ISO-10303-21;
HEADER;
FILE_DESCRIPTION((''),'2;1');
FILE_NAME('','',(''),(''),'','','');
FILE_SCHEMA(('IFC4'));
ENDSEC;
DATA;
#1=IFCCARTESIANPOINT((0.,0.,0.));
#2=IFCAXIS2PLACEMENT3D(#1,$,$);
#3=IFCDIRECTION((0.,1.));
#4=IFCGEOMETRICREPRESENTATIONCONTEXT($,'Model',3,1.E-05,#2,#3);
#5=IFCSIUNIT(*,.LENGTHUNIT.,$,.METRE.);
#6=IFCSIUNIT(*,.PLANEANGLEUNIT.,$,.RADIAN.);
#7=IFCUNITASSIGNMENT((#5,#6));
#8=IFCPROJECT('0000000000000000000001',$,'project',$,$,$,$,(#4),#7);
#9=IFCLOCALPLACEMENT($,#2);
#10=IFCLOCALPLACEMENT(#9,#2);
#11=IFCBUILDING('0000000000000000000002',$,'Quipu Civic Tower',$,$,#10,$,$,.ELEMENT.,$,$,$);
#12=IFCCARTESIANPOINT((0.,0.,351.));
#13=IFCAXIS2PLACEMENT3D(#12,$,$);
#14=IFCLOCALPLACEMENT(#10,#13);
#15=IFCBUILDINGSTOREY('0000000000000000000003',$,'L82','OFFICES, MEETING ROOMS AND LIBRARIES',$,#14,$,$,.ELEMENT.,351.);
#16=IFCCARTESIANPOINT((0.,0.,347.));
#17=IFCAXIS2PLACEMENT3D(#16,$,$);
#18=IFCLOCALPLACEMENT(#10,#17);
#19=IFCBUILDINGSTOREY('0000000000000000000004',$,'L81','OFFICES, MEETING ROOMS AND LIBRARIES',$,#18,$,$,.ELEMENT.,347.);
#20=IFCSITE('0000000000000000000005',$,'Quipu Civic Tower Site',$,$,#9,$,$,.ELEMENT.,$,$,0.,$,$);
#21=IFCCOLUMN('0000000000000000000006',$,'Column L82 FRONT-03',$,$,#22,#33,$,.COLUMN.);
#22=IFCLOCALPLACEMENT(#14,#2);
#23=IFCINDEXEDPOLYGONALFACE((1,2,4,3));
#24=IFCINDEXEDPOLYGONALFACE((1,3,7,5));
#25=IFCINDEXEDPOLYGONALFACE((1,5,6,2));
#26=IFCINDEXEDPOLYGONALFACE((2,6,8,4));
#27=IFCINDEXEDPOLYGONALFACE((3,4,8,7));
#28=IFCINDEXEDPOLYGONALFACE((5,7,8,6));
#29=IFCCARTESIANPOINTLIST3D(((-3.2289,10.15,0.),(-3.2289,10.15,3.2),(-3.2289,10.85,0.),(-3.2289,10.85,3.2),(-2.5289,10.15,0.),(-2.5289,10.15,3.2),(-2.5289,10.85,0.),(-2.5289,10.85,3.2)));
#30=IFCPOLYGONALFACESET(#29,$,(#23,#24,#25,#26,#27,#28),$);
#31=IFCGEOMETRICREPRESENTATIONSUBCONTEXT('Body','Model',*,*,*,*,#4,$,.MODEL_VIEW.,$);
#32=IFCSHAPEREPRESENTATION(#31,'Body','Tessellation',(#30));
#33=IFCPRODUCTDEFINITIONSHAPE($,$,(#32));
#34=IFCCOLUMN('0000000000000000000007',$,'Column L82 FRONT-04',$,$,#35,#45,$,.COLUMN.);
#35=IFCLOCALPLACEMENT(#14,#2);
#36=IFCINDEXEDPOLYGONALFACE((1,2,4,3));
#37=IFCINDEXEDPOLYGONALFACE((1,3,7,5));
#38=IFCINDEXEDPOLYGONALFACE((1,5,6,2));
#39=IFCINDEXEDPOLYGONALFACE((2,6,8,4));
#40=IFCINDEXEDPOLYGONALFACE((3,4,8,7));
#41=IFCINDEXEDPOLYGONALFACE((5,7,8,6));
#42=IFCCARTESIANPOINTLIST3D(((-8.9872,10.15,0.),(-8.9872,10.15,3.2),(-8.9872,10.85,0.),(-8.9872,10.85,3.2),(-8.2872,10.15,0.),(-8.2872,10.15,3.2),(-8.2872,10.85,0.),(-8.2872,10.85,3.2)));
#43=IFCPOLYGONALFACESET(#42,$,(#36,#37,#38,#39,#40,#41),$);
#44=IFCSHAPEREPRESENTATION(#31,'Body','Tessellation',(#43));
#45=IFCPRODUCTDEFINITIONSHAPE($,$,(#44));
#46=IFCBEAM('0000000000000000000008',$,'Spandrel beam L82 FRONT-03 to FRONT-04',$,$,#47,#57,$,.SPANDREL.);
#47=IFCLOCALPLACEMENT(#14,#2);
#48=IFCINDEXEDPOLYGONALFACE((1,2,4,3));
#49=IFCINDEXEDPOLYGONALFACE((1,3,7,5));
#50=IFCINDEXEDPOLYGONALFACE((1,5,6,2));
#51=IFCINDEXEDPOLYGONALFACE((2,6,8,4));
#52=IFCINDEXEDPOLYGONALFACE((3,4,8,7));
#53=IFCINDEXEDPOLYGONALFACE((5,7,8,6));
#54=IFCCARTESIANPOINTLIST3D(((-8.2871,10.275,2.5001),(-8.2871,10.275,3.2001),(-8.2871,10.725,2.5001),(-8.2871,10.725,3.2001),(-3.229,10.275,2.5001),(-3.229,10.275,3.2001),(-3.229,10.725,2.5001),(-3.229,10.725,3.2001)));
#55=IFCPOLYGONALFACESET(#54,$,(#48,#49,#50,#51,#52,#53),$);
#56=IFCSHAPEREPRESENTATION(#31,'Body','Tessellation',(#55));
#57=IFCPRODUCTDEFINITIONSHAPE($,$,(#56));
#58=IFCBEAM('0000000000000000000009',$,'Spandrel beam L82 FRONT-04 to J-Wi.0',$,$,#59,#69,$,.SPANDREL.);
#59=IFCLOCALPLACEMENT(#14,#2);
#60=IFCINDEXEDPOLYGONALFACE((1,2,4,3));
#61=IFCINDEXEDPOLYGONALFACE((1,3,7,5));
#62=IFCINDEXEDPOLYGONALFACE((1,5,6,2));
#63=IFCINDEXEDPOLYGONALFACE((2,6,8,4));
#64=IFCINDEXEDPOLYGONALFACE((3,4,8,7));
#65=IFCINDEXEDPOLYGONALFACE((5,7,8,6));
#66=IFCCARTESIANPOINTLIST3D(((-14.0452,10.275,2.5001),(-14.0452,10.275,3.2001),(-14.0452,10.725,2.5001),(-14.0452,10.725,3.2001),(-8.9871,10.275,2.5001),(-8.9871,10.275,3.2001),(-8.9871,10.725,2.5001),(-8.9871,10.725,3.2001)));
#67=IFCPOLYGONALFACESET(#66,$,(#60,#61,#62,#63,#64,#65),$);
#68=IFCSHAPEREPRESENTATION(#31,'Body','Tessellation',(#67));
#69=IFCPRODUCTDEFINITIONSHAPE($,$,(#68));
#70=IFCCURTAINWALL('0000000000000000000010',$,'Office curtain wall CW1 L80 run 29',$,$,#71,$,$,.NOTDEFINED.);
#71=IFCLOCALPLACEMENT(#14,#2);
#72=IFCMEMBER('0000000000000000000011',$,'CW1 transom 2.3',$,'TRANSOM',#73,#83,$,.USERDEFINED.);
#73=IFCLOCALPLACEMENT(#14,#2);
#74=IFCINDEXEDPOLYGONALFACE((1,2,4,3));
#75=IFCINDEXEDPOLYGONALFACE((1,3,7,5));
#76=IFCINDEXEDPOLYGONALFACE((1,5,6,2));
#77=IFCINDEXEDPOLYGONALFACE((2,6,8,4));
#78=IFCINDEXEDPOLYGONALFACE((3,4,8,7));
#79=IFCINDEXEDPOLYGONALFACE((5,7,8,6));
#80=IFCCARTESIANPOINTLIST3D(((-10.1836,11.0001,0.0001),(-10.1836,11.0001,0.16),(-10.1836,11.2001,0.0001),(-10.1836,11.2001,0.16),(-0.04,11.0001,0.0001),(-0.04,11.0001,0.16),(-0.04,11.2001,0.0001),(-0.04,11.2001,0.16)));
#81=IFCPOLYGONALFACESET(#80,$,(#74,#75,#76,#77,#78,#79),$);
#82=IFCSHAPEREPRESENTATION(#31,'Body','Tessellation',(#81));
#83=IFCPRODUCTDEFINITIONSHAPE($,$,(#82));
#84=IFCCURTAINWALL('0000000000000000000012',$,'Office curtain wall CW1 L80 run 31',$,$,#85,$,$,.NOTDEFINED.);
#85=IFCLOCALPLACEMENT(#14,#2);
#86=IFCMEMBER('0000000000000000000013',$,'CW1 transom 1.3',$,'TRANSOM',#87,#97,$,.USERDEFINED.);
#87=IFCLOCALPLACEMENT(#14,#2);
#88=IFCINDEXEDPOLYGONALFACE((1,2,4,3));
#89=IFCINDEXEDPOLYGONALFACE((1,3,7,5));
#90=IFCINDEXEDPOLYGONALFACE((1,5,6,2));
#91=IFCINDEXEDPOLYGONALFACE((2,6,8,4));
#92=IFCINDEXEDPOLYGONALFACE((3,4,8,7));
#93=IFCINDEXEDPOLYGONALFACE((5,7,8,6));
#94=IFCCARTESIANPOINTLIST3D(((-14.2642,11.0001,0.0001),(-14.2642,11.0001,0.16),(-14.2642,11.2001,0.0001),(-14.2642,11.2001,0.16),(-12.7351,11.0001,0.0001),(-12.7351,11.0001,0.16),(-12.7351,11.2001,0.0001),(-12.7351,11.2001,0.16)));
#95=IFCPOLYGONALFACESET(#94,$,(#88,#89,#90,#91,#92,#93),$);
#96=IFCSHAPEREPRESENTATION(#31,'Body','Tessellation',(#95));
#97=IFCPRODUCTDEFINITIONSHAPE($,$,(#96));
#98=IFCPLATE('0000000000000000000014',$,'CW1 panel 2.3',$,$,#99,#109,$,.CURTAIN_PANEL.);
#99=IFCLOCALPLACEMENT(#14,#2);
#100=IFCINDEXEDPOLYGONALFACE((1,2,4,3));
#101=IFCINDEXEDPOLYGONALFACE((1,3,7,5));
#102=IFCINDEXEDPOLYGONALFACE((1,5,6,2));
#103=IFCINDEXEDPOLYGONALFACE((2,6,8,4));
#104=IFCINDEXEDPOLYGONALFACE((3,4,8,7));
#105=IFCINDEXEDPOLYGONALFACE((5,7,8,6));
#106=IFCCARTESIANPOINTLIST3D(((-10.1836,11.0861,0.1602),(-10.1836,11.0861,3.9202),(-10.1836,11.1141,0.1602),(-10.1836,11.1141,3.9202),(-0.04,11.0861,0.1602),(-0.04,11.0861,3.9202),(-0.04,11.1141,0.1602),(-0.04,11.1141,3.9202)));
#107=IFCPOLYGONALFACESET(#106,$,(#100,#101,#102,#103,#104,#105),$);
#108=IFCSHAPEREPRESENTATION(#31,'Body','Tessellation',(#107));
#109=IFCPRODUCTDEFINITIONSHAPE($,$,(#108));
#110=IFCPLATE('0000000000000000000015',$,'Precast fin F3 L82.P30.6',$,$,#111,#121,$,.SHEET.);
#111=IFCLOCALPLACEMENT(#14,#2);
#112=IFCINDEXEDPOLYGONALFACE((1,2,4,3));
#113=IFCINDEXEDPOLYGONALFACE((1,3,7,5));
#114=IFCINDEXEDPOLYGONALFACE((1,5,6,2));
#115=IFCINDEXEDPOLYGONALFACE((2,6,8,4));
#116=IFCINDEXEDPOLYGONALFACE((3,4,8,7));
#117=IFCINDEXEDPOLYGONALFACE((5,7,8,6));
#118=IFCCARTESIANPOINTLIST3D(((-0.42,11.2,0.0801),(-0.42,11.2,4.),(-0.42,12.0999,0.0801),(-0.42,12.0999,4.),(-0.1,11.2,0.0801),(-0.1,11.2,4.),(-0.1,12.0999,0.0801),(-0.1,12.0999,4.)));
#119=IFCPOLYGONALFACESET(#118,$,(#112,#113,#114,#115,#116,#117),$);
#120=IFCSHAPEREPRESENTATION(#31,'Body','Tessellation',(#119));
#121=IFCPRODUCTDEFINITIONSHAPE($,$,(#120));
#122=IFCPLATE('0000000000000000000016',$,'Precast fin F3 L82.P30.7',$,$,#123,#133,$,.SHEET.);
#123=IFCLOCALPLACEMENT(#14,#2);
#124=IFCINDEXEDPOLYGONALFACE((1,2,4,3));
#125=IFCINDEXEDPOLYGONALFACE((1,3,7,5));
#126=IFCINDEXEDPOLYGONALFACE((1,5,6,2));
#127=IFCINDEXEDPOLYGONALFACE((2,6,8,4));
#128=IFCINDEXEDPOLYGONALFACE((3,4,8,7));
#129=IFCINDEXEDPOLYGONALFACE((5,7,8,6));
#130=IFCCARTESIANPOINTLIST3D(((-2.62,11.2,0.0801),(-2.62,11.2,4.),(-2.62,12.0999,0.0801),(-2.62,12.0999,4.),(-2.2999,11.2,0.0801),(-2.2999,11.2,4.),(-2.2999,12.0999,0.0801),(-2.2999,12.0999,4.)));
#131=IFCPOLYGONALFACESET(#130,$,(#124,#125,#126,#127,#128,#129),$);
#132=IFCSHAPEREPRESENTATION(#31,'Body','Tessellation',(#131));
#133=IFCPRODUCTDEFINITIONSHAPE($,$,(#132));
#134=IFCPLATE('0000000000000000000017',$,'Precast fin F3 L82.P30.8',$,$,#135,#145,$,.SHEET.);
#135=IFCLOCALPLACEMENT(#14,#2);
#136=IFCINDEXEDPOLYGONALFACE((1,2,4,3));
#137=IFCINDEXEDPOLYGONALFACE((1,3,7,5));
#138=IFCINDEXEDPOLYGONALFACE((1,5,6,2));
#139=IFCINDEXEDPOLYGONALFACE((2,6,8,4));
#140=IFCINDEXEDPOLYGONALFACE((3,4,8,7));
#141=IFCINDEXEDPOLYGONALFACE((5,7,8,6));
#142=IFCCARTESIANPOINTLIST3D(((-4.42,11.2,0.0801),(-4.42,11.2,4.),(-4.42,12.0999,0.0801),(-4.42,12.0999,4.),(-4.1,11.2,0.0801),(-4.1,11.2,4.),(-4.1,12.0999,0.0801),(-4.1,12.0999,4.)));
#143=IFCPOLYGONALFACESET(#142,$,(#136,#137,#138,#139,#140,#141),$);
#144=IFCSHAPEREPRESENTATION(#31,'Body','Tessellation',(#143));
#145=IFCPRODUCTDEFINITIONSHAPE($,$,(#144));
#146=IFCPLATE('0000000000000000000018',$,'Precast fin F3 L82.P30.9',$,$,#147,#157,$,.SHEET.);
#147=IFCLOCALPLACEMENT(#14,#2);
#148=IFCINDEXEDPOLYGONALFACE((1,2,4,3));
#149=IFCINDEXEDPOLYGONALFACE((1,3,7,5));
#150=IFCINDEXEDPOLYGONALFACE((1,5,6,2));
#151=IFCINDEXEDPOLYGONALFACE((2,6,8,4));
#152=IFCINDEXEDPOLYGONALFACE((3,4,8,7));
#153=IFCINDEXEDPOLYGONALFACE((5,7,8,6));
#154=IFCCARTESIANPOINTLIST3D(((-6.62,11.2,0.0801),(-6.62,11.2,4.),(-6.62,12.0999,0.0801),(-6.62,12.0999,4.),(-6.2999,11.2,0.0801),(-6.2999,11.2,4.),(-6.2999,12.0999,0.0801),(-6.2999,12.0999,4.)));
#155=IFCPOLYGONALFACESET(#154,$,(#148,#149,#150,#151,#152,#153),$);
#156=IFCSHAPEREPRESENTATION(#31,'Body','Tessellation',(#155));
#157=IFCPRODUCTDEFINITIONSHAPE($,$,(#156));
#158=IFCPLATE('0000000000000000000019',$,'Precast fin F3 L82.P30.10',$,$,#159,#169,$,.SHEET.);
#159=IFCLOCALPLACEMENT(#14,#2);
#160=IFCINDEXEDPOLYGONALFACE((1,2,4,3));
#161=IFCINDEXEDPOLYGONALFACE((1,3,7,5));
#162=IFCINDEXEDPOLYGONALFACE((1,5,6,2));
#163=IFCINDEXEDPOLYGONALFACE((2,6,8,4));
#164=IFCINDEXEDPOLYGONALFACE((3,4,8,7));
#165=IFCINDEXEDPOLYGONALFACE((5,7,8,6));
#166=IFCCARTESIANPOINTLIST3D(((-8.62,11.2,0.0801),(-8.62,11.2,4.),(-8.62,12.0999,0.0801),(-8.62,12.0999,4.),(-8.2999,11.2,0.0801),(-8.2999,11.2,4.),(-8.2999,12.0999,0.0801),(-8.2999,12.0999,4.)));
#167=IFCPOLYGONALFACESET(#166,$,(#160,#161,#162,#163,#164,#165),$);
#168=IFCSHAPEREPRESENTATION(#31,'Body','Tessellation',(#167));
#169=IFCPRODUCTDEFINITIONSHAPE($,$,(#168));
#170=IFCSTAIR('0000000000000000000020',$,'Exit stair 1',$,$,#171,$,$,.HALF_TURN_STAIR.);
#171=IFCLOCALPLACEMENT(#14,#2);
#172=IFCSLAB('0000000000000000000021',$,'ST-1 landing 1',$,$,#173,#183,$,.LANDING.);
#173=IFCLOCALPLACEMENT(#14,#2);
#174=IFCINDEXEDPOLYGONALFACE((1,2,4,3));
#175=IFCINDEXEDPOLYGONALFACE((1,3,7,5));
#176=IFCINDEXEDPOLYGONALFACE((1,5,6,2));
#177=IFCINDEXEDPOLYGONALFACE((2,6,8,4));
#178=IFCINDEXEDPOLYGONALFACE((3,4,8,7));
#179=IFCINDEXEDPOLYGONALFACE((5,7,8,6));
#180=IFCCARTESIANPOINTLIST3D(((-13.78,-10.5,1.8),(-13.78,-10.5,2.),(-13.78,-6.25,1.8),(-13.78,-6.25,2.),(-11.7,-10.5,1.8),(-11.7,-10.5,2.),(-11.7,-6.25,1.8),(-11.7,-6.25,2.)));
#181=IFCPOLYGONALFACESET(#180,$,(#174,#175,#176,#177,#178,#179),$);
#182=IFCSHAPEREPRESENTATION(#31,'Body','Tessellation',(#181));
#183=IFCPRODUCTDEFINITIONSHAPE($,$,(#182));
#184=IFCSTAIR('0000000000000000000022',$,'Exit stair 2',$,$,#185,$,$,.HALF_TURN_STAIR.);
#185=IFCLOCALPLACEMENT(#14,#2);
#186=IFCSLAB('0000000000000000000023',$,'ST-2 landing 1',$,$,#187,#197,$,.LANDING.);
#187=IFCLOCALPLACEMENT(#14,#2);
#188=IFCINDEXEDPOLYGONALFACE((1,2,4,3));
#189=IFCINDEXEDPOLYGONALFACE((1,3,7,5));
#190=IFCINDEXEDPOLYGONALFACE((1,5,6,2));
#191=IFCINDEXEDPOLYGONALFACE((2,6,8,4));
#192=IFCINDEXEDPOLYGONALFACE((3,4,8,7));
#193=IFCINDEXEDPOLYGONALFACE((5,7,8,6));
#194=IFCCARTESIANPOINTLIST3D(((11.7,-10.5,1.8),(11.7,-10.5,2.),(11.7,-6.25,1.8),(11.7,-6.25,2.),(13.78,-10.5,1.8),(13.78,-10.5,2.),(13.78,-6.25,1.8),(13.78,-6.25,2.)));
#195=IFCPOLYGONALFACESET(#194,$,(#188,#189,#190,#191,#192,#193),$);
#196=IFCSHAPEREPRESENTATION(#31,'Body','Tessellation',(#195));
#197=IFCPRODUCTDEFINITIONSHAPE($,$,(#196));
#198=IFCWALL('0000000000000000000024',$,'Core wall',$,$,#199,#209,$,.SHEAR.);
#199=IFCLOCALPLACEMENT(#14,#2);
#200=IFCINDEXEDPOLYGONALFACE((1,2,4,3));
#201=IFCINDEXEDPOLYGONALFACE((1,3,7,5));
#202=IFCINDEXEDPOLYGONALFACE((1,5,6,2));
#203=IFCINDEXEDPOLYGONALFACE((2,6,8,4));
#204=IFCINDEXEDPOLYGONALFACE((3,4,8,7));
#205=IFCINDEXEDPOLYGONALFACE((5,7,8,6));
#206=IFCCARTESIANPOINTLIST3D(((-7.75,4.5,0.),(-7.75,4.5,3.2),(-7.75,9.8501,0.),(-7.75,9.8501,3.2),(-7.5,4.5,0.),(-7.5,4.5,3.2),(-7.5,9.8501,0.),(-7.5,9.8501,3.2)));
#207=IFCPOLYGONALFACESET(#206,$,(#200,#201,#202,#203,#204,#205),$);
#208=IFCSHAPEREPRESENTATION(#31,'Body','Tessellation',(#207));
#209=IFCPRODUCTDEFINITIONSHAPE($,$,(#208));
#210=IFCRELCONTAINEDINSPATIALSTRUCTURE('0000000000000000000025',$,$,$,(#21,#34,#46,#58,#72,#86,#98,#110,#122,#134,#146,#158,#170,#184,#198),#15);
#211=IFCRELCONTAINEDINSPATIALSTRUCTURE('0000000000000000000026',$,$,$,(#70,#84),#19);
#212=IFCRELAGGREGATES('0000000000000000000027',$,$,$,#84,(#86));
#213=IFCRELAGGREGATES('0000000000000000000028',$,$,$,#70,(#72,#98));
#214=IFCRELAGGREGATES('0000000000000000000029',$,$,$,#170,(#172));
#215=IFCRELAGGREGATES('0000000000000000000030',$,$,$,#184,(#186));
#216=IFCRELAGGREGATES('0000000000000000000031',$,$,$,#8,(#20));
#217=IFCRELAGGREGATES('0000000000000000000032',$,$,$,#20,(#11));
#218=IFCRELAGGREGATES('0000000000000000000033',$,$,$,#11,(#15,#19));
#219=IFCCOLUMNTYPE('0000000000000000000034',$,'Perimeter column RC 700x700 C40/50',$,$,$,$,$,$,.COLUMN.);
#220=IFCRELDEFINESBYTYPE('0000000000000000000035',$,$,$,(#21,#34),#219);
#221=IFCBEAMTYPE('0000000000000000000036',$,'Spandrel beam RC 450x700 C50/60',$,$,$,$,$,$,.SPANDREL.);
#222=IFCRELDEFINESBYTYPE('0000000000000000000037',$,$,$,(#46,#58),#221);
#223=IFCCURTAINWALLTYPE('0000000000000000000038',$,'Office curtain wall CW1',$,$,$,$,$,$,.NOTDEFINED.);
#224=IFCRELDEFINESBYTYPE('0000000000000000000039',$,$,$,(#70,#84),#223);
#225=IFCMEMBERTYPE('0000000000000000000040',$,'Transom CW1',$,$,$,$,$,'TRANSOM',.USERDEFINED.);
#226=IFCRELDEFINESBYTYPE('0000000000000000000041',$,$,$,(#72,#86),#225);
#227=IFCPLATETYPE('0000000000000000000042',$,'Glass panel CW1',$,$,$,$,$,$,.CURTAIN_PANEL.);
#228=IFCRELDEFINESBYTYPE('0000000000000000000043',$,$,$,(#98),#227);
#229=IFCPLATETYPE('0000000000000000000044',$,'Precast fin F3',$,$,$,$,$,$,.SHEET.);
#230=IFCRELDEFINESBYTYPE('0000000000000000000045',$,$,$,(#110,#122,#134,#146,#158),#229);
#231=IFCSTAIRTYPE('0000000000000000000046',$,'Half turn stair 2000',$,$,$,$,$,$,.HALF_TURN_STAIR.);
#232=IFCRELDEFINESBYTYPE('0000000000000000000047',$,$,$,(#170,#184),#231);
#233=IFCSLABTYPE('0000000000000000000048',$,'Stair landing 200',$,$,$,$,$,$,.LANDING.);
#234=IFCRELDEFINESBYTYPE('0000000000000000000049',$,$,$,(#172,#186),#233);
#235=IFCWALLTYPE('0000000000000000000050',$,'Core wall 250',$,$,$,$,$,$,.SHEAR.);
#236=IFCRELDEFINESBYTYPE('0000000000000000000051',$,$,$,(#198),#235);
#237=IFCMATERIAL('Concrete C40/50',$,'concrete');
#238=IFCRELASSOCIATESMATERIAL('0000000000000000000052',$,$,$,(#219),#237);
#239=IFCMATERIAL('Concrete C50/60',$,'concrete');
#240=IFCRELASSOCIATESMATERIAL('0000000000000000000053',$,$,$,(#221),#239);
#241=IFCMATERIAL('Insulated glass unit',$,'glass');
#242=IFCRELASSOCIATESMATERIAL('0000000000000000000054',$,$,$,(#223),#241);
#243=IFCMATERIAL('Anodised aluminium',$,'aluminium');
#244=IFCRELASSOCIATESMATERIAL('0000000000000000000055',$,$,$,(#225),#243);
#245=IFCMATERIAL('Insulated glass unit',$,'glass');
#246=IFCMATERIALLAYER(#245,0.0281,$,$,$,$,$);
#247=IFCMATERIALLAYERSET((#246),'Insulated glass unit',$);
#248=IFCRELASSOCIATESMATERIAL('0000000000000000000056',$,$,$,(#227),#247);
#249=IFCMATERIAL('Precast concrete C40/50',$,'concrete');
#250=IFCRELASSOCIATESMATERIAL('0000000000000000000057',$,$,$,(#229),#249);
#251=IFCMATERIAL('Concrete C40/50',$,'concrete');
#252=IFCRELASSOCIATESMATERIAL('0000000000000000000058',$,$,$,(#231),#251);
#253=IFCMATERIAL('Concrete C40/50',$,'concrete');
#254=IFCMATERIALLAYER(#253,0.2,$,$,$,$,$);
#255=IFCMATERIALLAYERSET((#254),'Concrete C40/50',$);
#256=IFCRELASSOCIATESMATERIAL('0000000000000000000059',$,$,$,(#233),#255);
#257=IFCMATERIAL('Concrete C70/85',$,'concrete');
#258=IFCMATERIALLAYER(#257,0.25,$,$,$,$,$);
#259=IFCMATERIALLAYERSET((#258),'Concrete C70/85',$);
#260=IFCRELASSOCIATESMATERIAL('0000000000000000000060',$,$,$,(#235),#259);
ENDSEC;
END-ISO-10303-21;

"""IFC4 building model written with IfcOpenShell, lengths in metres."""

from ifc_helpers import new_model, si_unit, direction, frame, frame_2d, origin, origin_2d, place, context, subcontext, project, spatial, polyline, rectangle, outline, extrude, material, layer, layer_set, material_profile, profile_set, type_object, element, aggregate, save


model = new_model("IFC4")

# Units and contexts
model_context = context("Model", 3, precision=1e-05, world=origin(), true_north=direction((0.0, 1.0)))
body_context = subcontext(model_context, "Body", "Model", "MODEL_VIEW")
ifc_project = project(units=[si_unit("LENGTHUNIT", "METRE"), si_unit("PLANEANGLEUNIT", "RADIAN")], contexts=[model_context])

# Site, building, storey
site_placement = place(None, origin())
site = spatial("IfcSite", under=ifc_project, at=site_placement, Name="Quipu Civic Tower Site", CompositionType="ELEMENT", RefElevation=0.0)
building_placement = place(site_placement, origin())
building = spatial("IfcBuilding", under=site, at=building_placement, Name="Quipu Civic Tower", CompositionType="ELEMENT")
storey_1_placement = place(building_placement, frame((0.0, 0.0, 351.0)))
storey_1 = spatial("IfcBuildingStorey", under=building, at=storey_1_placement, Name="L82", Description="OFFICES, MEETING ROOMS AND LIBRARIES", CompositionType="ELEMENT", Elevation=351.0)

# Columns
ifc_material_1 = material(Name="Concrete C40/50", Category="concrete")
ifc_material_profile_1 = material_profile(ifc_material_1, rectangle(XDim=0.7, YDim=0.7, at=origin_2d()), Name="RC700x700")
ifc_profile_set_1 = profile_set([ifc_material_profile_1], Name="Concrete C40/50")
column_type = type_object("IfcColumnType", Name="Perimeter column RC 700x700 C40/50", PredefinedType="COLUMN", material=ifc_profile_set_1)
for number, where, z_axis, x_axis, name in (
    (1, (-2.8789, 10.5, 0.0), (0.0, 0.0, 1.0), (-1.0, 0.0, 0.0), "Column L82 FRONT-03"),
    (2, (-8.6372, 10.5, 0.0), (0.0, 0.0, 1.0), (-1.0, 0.0, 0.0), "Column L82 FRONT-04"),
):
    element("IfcColumn", number, at=place(storey_1_placement, frame(where, z_axis=z_axis, x_axis=x_axis)), inside=storey_1, type_object=column_type, Name=name, PredefinedType="COLUMN", context=body_context, shape_type="SweptSolid", body=[
        extrude(rectangle(XDim=0.7, YDim=0.7, at=origin_2d()), origin(), (0.0, 0.0, 1.0), 3.2),
    ])

# Beams
ifc_material_2 = material(Name="Concrete C50/60", Category="concrete")
ifc_material_profile_2 = material_profile(ifc_material_2, rectangle(XDim=0.45, YDim=0.7, at=origin_2d()), Name="RC450x700")
ifc_profile_set_2 = profile_set([ifc_material_profile_2], Name="Concrete C50/60")
beam_type = type_object("IfcBeamType", Name="Spandrel beam RC 450x700 C50/60", PredefinedType="SPANDREL", material=ifc_profile_set_2)
for number, where, z_axis, x_axis, name in (
    (3, (-3.229, 10.5, 2.8501), (-1.0, 0.0, 0.0), (0.0, -1.0, 0.0), "Spandrel beam L82 FRONT-03 to FRONT-04"),
    (4, (-8.9871, 10.5, 2.8501), (-1.0, 0.0, 0.0), (0.0, -1.0, 0.0), "Spandrel beam L82 FRONT-04 to J-Wi.0"),
):
    element("IfcBeam", number, at=place(storey_1_placement, frame(where, z_axis=z_axis, x_axis=x_axis)), inside=storey_1, type_object=beam_type, Name=name, PredefinedType="SPANDREL", context=body_context, shape_type="SweptSolid", body=[
        extrude(rectangle(XDim=0.45, YDim=0.7, at=origin_2d()), origin(), (0.0, 0.0, 1.0), 5.0581),
    ])

# Shared definitions
storey_2_placement = place(building_placement, frame((0.0, 0.0, 347.0)))
storey_2 = spatial("IfcBuildingStorey", under=building, at=storey_2_placement, Name="L81", Description="OFFICES, MEETING ROOMS AND LIBRARIES", CompositionType="ELEMENT", Elevation=347.0)

# Curtain walls, members
ifc_material_3 = material(Name="Insulated glass unit", Category="glass")
curtain_wall_type = type_object("IfcCurtainWallType", Name="Office curtain wall CW1", PredefinedType="NOTDEFINED", material=ifc_material_3)
curtain_wall_1_placement = place(storey_2_placement, origin())
curtain_wall_1 = element("IfcCurtainWall", 5, at=curtain_wall_1_placement, inside=storey_2, type_object=curtain_wall_type, Name="Office curtain wall CW1 L80 run 29", PredefinedType="NOTDEFINED")
ifc_material_4 = material(Name="Anodised aluminium", Category="aluminium")
ifc_material_profile_3 = material_profile(ifc_material_4, rectangle(XDim=0.2, YDim=0.1599, at=origin_2d()), Name="RECT 200x160")
ifc_profile_set_3 = profile_set([ifc_material_profile_3], Name="Anodised aluminium")
member_type = type_object("IfcMemberType", Name="Transom CW1", ElementType="TRANSOM", PredefinedType="USERDEFINED", material=ifc_profile_set_3)
member_1_placement = place(storey_1_placement, frame((-0.04, 11.1001, 0.0801), z_axis=(-1.0, 0.0, 0.0), x_axis=(0.0, -1.0, 0.0)))
member_1 = element("IfcMember", 6, at=member_1_placement, inside=storey_1, type_object=member_type, Name="CW1 transom 2.3", ObjectType="TRANSOM", PredefinedType="USERDEFINED", context=body_context, shape_type="SweptSolid", body=[
    extrude(rectangle(XDim=0.2, YDim=0.1599, at=origin_2d()), origin(), (0.0, 0.0, 1.0), 10.1436),
])
curtain_wall_2_placement = place(storey_2_placement, origin())
curtain_wall_2 = element("IfcCurtainWall", 7, at=curtain_wall_2_placement, inside=storey_2, type_object=curtain_wall_type, Name="Office curtain wall CW1 L80 run 31", PredefinedType="NOTDEFINED")
member_2_placement = place(storey_1_placement, frame((-12.7351, 11.1001, 0.0801), z_axis=(-1.0, 0.0, 0.0), x_axis=(0.0, -1.0, 0.0)))
member_2 = element("IfcMember", 8, at=member_2_placement, inside=storey_1, type_object=member_type, Name="CW1 transom 1.3", ObjectType="TRANSOM", PredefinedType="USERDEFINED", context=body_context, shape_type="SweptSolid", body=[
    extrude(rectangle(XDim=0.2, YDim=0.1599, at=origin_2d()), origin(), (0.0, 0.0, 1.0), 1.5291),
])
aggregate(curtain_wall_2, [member_2])

# Plate
ifc_material_5 = material(Name="Insulated glass unit", Category="glass")
ifc_layer_1 = layer(ifc_material_5, 0.0281)
ifc_layer_set_1 = layer_set([ifc_layer_1], Name="Insulated glass unit")
plate_type_1 = type_object("IfcPlateType", Name="Glass panel CW1", PredefinedType="CURTAIN_PANEL", material=ifc_layer_set_1)
plate_placement = place(storey_1_placement, frame((-5.1118, 11.1001, 0.1602), z_axis=(0.0, 0.0, 1.0), x_axis=(-1.0, 0.0, 0.0)))
plate = element("IfcPlate", 9, at=plate_placement, inside=storey_1, type_object=plate_type_1, Name="CW1 panel 2.3", PredefinedType="CURTAIN_PANEL", context=body_context, shape_type="SweptSolid", body=[
    extrude(rectangle(XDim=10.1436, YDim=0.0281, at=origin_2d()), origin(), (0.0, 0.0, 1.0), 3.76),
])
aggregate(curtain_wall_1, [member_1, plate])

# Plates
ifc_material_6 = material(Name="Precast concrete C40/50", Category="concrete")
plate_type_2 = type_object("IfcPlateType", Name="Precast fin F3", PredefinedType="SHEET", material=ifc_material_6)
for number, where, z_axis, x_axis, name in (
    (10, (-0.26, 11.6499, 0.0801), (0.0, 0.0, 1.0), (-1.0, 0.0, 0.0), "Precast fin F3 L82.P30.6"),
    (11, (-2.46, 11.6499, 0.0801), (0.0, 0.0, 1.0), (-1.0, 0.0, 0.0), "Precast fin F3 L82.P30.7"),
    (12, (-4.26, 11.6499, 0.0801), (0.0, 0.0, 1.0), (-1.0, 0.0, 0.0), "Precast fin F3 L82.P30.8"),
    (13, (-6.46, 11.6499, 0.0801), (0.0, 0.0, 1.0), (-1.0, 0.0, 0.0), "Precast fin F3 L82.P30.9"),
    (14, (-8.46, 11.6499, 0.0801), (0.0, 0.0, 1.0), (-1.0, 0.0, 0.0), "Precast fin F3 L82.P30.10"),
):
    element("IfcPlate", number, at=place(storey_1_placement, frame(where, z_axis=z_axis, x_axis=x_axis)), inside=storey_1, type_object=plate_type_2, Name=name, PredefinedType="SHEET", context=body_context, shape_type="SweptSolid", body=[
        extrude(rectangle(XDim=0.3201, YDim=0.8999, at=origin_2d()), origin(), (0.0, 0.0, 1.0), 3.9199),
    ])

# Stairs, slabs
ifc_material_7 = material(Name="Concrete C40/50", Category="concrete")
stair_type = type_object("IfcStairType", Name="Half turn stair 2000", PredefinedType="HALF_TURN_STAIR", material=ifc_material_7)
stair_1_placement = place(storey_1_placement, origin())
stair_1 = element("IfcStair", 15, at=stair_1_placement, inside=storey_1, type_object=stair_type, Name="Exit stair 1", PredefinedType="HALF_TURN_STAIR")
ifc_material_8 = material(Name="Concrete C40/50", Category="concrete")
ifc_layer_2 = layer(ifc_material_8, 0.2)
ifc_layer_set_2 = layer_set([ifc_layer_2], Name="Concrete C40/50")
slab_type = type_object("IfcSlabType", Name="Stair landing 200", PredefinedType="LANDING", material=ifc_layer_set_2)
slab_1_placement = place(storey_1_placement, frame((0.0, 0.0, 1.8)))
slab_1 = element("IfcSlab", 16, at=slab_1_placement, type_object=slab_type, Name="ST-1 landing 1", PredefinedType="LANDING", context=body_context, shape_type="SweptSolid", body=[
    extrude(outline(polyline([(-13.78, -10.5), (-11.7, -10.5), (-11.7, -6.25), (-13.78, -6.25), (-13.78, -10.5)])), origin(), (0.0, 0.0, 1.0), 0.2),
])
aggregate(stair_1, [slab_1])
stair_2_placement = place(storey_1_placement, origin())
stair_2 = element("IfcStair", 17, at=stair_2_placement, inside=storey_1, type_object=stair_type, Name="Exit stair 2", PredefinedType="HALF_TURN_STAIR")
slab_2_placement = place(storey_1_placement, frame((0.0, 0.0, 1.8)))
slab_2 = element("IfcSlab", 18, at=slab_2_placement, type_object=slab_type, Name="ST-2 landing 1", PredefinedType="LANDING", context=body_context, shape_type="SweptSolid", body=[
    extrude(outline(polyline([(13.78, -6.25), (11.7, -6.25), (11.7, -10.5), (13.78, -10.5), (13.78, -6.25)])), origin(), (0.0, 0.0, 1.0), 0.2),
])
aggregate(stair_2, [slab_2])

# Wall
ifc_material_9 = material(Name="Concrete C70/85", Category="concrete")
ifc_layer_3 = layer(ifc_material_9, 0.25)
ifc_layer_set_3 = layer_set([ifc_layer_3], Name="Concrete C70/85")
wall_type_1 = type_object("IfcWallType", Name="Core wall 250", PredefinedType="SHEAR", material=ifc_layer_set_3)
wall_1_placement = place(storey_1_placement, frame((-7.625, 4.5, 0.0), z_axis=(0.0, 0.0, 1.0), x_axis=(0.0, 1.0, 0.0)))
element("IfcWall", 19, at=wall_1_placement, inside=storey_1, type_object=wall_type_1, Name="Core wall", PredefinedType="SHEAR", context=body_context, shape_type="SweptSolid", body=[
    extrude(rectangle(XDim=5.3501, YDim=0.25, at=frame_2d((2.675, 0.0))), origin(), (0.0, 0.0, 1.0), 3.2),
])

save(model, "model.ifc")
